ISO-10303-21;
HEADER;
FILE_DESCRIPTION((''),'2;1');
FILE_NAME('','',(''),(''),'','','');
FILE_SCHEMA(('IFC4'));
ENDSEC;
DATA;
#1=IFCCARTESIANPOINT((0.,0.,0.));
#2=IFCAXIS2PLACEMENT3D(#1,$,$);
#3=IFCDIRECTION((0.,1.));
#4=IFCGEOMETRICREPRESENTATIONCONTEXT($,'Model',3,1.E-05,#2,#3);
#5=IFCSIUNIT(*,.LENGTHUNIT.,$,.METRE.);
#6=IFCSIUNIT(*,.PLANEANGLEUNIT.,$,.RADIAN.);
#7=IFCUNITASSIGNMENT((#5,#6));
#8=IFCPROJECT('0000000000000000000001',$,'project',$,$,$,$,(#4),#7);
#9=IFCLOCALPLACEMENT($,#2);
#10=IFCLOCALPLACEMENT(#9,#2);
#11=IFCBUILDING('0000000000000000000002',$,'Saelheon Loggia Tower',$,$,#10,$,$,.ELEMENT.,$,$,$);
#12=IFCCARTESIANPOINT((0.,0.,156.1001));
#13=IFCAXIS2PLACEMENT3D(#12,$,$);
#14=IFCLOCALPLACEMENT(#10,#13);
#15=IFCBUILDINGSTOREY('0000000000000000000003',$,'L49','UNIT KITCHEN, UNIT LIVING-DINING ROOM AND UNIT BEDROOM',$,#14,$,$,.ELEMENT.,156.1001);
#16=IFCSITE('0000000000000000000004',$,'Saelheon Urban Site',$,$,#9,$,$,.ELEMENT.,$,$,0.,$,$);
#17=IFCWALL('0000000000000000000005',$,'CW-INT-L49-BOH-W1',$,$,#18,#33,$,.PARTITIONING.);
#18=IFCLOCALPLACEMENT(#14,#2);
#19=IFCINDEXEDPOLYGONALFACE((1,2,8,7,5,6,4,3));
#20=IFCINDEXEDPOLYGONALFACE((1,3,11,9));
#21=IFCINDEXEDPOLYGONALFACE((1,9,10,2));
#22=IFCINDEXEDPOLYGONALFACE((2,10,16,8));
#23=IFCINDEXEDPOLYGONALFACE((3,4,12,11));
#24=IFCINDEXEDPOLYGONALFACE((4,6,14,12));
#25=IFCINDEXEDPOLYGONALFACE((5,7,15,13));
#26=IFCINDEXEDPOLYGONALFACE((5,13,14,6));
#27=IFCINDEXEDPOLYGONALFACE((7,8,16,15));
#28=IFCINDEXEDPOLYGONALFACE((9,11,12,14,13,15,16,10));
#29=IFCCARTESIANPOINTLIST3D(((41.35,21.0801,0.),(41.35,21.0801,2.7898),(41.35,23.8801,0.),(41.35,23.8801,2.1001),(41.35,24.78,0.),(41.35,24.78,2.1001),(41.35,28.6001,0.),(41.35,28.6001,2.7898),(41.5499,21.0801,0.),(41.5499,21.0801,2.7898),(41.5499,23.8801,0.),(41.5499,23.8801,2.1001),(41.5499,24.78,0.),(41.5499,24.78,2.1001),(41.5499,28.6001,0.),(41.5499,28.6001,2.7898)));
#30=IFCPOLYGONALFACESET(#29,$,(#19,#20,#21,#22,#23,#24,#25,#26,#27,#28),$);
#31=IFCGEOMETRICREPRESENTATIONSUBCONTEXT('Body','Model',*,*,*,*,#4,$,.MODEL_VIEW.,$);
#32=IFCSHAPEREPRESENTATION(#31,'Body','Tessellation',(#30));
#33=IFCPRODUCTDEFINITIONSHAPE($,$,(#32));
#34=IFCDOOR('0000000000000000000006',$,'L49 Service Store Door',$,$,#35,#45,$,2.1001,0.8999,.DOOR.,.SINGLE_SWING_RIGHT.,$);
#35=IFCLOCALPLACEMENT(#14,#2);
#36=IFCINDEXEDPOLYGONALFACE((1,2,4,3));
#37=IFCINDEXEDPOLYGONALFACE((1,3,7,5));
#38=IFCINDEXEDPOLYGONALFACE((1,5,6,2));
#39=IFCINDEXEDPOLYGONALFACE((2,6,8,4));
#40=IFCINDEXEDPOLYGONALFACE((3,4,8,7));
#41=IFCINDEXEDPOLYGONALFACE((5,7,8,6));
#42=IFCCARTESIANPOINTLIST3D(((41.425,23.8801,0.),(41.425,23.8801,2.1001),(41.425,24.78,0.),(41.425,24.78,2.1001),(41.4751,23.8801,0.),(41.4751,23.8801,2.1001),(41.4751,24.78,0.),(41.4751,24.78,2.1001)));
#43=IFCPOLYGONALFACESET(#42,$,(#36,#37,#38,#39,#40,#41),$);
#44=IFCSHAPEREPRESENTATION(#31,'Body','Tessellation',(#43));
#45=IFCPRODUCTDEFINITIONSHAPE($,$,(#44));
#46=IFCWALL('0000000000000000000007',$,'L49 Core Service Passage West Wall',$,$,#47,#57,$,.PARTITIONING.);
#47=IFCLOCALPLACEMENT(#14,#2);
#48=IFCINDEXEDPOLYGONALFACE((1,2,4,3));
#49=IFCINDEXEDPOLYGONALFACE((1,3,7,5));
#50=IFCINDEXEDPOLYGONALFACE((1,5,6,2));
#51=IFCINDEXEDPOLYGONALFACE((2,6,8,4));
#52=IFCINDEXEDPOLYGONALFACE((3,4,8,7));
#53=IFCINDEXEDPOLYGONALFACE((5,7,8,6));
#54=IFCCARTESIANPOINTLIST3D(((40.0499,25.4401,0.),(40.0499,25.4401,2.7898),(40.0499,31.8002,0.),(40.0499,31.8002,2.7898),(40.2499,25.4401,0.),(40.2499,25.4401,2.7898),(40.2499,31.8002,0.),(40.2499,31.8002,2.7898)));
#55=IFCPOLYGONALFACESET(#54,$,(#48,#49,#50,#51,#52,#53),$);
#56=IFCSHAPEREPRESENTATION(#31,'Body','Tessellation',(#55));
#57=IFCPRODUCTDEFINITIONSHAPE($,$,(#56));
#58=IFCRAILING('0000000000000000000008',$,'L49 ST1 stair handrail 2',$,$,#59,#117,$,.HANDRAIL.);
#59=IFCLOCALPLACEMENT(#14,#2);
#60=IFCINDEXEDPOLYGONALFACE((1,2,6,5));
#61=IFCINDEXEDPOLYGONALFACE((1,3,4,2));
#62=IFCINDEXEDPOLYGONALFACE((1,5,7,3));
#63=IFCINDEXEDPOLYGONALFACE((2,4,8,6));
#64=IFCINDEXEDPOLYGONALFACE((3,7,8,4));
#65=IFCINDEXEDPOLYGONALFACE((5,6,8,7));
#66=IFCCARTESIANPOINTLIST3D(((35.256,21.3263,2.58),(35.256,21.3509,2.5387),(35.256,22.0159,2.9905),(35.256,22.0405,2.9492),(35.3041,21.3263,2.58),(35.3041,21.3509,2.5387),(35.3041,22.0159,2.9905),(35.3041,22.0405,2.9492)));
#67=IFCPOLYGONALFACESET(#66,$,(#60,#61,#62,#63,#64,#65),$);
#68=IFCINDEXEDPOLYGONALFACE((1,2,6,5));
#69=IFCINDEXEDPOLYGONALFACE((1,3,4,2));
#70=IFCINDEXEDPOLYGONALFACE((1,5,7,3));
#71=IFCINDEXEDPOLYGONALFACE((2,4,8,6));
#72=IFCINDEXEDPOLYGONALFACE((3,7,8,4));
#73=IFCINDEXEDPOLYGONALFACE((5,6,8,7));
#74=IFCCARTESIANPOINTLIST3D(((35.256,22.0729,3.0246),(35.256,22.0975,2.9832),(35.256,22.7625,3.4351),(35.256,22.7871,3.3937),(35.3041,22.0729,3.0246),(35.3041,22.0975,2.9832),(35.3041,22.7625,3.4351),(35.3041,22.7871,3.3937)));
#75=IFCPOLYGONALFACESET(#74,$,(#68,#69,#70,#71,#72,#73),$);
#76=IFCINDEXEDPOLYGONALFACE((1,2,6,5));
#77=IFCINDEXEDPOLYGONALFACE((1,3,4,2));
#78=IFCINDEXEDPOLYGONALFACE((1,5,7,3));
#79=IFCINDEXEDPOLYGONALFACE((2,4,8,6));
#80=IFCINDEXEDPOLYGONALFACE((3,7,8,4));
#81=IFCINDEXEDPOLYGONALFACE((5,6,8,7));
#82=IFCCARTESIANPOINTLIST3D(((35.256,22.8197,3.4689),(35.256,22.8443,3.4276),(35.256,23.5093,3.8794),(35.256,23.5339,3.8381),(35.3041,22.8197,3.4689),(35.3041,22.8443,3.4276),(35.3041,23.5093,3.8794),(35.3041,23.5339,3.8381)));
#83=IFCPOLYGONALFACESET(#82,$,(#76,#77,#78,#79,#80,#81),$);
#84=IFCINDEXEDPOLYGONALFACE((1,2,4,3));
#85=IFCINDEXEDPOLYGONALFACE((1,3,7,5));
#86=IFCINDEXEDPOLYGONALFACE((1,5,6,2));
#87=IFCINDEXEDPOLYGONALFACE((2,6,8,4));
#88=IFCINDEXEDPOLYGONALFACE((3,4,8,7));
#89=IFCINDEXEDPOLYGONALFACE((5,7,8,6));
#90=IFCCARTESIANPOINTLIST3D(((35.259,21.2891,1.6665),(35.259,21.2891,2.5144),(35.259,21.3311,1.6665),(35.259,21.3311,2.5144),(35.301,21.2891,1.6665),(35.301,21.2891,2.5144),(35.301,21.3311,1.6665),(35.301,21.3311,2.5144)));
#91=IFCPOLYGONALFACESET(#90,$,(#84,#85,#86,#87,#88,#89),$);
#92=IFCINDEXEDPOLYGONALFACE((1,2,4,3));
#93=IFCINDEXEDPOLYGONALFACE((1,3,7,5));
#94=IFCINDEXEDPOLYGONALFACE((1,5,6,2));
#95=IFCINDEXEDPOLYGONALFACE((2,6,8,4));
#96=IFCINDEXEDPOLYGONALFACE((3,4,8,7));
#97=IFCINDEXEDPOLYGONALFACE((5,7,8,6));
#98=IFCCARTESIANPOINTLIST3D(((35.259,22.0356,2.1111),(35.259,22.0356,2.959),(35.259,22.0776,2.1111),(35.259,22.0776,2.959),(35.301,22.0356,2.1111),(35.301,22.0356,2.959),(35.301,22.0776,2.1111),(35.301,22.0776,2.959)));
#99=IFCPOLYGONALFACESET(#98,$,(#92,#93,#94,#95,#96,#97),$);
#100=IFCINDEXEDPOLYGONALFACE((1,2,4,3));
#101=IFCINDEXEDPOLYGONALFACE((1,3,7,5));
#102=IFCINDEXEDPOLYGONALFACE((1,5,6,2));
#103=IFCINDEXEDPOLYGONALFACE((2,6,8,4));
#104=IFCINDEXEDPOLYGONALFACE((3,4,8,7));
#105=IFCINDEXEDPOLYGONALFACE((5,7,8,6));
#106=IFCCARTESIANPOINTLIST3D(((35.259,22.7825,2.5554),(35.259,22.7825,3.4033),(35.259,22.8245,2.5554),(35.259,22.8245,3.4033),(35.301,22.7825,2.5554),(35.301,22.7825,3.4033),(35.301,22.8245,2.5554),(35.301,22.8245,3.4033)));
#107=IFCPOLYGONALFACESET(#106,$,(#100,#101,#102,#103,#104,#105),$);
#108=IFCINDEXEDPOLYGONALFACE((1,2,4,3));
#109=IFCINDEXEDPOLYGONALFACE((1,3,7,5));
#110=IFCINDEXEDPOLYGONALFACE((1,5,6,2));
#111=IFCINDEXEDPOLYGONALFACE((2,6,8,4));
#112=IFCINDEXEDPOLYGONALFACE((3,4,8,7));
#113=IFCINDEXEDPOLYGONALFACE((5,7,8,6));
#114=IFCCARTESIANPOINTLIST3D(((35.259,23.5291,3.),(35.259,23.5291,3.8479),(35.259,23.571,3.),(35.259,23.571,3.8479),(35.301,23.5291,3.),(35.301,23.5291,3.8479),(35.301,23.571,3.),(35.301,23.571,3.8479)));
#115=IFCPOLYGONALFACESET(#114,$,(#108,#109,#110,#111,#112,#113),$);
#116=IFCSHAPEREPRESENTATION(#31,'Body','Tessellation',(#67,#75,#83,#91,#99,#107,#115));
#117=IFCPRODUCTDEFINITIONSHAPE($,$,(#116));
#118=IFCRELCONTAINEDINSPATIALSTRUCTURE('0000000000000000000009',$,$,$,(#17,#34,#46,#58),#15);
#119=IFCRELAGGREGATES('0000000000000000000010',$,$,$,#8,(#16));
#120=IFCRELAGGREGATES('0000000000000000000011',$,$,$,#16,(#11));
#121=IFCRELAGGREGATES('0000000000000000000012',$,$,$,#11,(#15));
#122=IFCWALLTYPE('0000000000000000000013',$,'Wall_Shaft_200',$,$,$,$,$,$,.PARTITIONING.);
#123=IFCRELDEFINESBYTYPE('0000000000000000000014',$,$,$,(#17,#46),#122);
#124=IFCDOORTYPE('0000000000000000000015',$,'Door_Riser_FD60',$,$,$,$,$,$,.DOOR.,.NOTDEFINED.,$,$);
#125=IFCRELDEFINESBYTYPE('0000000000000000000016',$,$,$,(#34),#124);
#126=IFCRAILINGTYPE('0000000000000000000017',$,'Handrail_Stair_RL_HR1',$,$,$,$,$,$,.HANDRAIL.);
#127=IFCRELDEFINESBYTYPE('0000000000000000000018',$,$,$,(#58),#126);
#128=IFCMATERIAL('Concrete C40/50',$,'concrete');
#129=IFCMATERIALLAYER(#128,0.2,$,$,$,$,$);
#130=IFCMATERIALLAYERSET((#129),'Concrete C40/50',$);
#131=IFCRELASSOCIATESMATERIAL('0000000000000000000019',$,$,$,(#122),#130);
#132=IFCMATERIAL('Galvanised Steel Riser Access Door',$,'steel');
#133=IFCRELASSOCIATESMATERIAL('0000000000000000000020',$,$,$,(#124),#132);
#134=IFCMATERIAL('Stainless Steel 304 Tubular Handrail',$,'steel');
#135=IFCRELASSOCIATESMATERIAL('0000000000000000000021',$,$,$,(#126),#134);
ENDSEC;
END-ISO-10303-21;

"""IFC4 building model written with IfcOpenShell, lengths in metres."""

from ifc_helpers import new_model, si_unit, direction, frame, frame_2d, origin, origin_2d, place, context, subcontext, project, spatial, rectangle, extrude, source, transform, mapped, material, layer, layer_set, type_object, element, fill, save


model = new_model("IFC4")

# Units and contexts
model_context = context("Model", 3, precision=1e-05, world=origin(), true_north=direction((0.0, 1.0)))
body_context = subcontext(model_context, "Body", "Model", "MODEL_VIEW")
ifc_project = project(units=[si_unit("LENGTHUNIT", "METRE"), si_unit("PLANEANGLEUNIT", "RADIAN")], contexts=[model_context])

# Site, building, storey
site_placement = place(None, origin())
site = spatial("IfcSite", under=ifc_project, at=site_placement, Name="Saelheon Urban Site", CompositionType="ELEMENT", RefElevation=0.0)
building_placement = place(site_placement, origin())
building = spatial("IfcBuilding", under=site, at=building_placement, Name="Saelheon Loggia Tower", CompositionType="ELEMENT")
storey_placement = place(building_placement, frame((0.0, 0.0, 156.1001)))
storey = spatial("IfcBuildingStorey", under=building, at=storey_placement, Name="L49", Description="UNIT KITCHEN, UNIT LIVING-DINING ROOM AND UNIT BEDROOM", CompositionType="ELEMENT", Elevation=156.1001)

# Shared definitions
ifc_material_1 = material(Name="Concrete C40/50", Category="concrete")
ifc_layer_1 = layer(ifc_material_1, 0.2)
ifc_layer_set_1 = layer_set([ifc_layer_1], Name="Concrete C40/50")
wall_type_1 = type_object("IfcWallType", Name="Wall_Shaft_200", PredefinedType="PARTITIONING", material=ifc_layer_set_1)

# Shared definitions
ifc_material_2 = material(Name="Galvanised Steel Riser Access Door", Category="steel")
door_type_1 = type_object("IfcDoorType", Name="Door_Riser_FD60", OperationType="NOTDEFINED", PredefinedType="DOOR", material=ifc_material_2)
shared_shape_1 = source(origin(), body_context, "Body", "SweptSolid", [
    extrude(rectangle(XDim=0.8999, YDim=2.1001, at=frame_2d((0.45, 1.05))), frame((0.0, 0.0249, 0.0), z_axis=(0.0, -1.0, 0.0), x_axis=(1.0, 0.0, 0.0)), (0.0, 0.0, 1.0), 0.05),
])

# Wall, opening, door
wall_1_placement = place(storey_placement, frame((41.45, 21.0801, 0.0), z_axis=(0.0, 0.0, 1.0), x_axis=(0.0, 1.0, 0.0)))
wall_1 = element("IfcWall", 1, at=wall_1_placement, inside=storey, type_object=wall_type_1, Name="CW-INT-L49-BOH-W1", PredefinedType="PARTITIONING", context=body_context, shape_type="SweptSolid", body=[
    extrude(rectangle(XDim=7.52, YDim=0.2, at=frame_2d((3.76, 0.0))), origin(), (0.0, 0.0, 1.0), 2.7898),
])
opening_1_placement = place(wall_1_placement, frame((2.8, 0.0, 0.0)))
opening_1 = element("IfcOpeningElement", 2, at=opening_1_placement, cuts=wall_1, PredefinedType="OPENING", context=body_context, shape_type="SweptSolid", body=[
    extrude(rectangle(XDim=0.8999, YDim=2.1001, at=frame_2d((0.45, 1.05))), frame((0.0, 0.1121, 0.0), z_axis=(0.0, -1.0, 0.0), x_axis=(1.0, 0.0, 0.0)), (0.0, 0.0, 1.0), 0.2239),
])
door_1_placement = place(opening_1_placement, origin())
door_1 = element("IfcDoor", 3, at=door_1_placement, inside=storey, type_object=door_type_1, Name="L49 Service Store Door", OperationType="SINGLE_SWING_RIGHT", OverallHeight=2.1001, OverallWidth=0.8999, PredefinedType="DOOR", context=body_context, shape_type="MappedRepresentation", body=[
    mapped(shared_shape_1, transform((0.0, 0.0, 0.0), scale=1.0)),
])
fill(opening_1, door_1)

# Wall
wall_2_placement = place(storey_placement, frame((40.1499, 25.4399, 0.0), z_axis=(0.0, 0.0, 1.0), x_axis=(0.0, 1.0, 0.0)))
element("IfcWall", 4, at=wall_2_placement, inside=storey, type_object=wall_type_1, Name="L49 Core Service Passage West Wall", PredefinedType="PARTITIONING", context=body_context, shape_type="SweptSolid", body=[
    extrude(rectangle(XDim=6.3601, YDim=0.2, at=frame_2d((3.1802, 0.0))), origin(), (0.0, 0.0, 1.0), 2.7898),
])

# Railing
ifc_material_3 = material(Name="Stainless Steel 304 Tubular Handrail", Category="steel")
railing_type = type_object("IfcRailingType", Name="Handrail_Stair_RL_HR1", PredefinedType="HANDRAIL", material=ifc_material_3)
railing_placement = place(storey_placement, frame((35.28, 21.3101, 1.6665)))
element("IfcRailing", 5, at=railing_placement, inside=storey, type_object=railing_type, Name="L49 ST1 stair handrail 2", PredefinedType="HANDRAIL", context=body_context, shape_type="SweptSolid", body=[
    extrude(rectangle(XDim=0.0481, YDim=0.0481, at=origin_2d()), frame((0.0, 0.0286, 0.8928), z_axis=(0.0, 0.859264, 0.511532), x_axis=(-1.0, 0.0, 0.0)), (0.0, 0.0, 1.0), 0.8025),
    extrude(rectangle(XDim=0.0481, YDim=0.0481, at=origin_2d()), frame((0.0, 0.7751, 1.3374), z_axis=(0.0, 0.859264, 0.511532), x_axis=(-1.0, 0.0, 0.0)), (0.0, 0.0, 1.0), 0.8025),
    extrude(rectangle(XDim=0.0481, YDim=0.0481, at=origin_2d()), frame((0.0, 1.522, 1.7817), z_axis=(0.0, 0.859264, 0.511532), x_axis=(-1.0, 0.0, 0.0)), (0.0, 0.0, 1.0), 0.8025),
    extrude(rectangle(XDim=0.042, YDim=0.042, at=origin_2d()), origin(), (0.0, 0.0, 1.0), 0.8479),
    extrude(rectangle(XDim=0.042, YDim=0.042, at=origin_2d()), frame((0.0, 0.7466, 0.4446)), (0.0, 0.0, 1.0), 0.8479),
    extrude(rectangle(XDim=0.042, YDim=0.042, at=origin_2d()), frame((0.0, 1.4934, 0.8889)), (0.0, 0.0, 1.0), 0.8479),
    extrude(rectangle(XDim=0.042, YDim=0.042, at=origin_2d()), frame((0.0, 2.24, 1.3335)), (0.0, 0.0, 1.0), 0.8479),
])

save(model, "model.ifc")
